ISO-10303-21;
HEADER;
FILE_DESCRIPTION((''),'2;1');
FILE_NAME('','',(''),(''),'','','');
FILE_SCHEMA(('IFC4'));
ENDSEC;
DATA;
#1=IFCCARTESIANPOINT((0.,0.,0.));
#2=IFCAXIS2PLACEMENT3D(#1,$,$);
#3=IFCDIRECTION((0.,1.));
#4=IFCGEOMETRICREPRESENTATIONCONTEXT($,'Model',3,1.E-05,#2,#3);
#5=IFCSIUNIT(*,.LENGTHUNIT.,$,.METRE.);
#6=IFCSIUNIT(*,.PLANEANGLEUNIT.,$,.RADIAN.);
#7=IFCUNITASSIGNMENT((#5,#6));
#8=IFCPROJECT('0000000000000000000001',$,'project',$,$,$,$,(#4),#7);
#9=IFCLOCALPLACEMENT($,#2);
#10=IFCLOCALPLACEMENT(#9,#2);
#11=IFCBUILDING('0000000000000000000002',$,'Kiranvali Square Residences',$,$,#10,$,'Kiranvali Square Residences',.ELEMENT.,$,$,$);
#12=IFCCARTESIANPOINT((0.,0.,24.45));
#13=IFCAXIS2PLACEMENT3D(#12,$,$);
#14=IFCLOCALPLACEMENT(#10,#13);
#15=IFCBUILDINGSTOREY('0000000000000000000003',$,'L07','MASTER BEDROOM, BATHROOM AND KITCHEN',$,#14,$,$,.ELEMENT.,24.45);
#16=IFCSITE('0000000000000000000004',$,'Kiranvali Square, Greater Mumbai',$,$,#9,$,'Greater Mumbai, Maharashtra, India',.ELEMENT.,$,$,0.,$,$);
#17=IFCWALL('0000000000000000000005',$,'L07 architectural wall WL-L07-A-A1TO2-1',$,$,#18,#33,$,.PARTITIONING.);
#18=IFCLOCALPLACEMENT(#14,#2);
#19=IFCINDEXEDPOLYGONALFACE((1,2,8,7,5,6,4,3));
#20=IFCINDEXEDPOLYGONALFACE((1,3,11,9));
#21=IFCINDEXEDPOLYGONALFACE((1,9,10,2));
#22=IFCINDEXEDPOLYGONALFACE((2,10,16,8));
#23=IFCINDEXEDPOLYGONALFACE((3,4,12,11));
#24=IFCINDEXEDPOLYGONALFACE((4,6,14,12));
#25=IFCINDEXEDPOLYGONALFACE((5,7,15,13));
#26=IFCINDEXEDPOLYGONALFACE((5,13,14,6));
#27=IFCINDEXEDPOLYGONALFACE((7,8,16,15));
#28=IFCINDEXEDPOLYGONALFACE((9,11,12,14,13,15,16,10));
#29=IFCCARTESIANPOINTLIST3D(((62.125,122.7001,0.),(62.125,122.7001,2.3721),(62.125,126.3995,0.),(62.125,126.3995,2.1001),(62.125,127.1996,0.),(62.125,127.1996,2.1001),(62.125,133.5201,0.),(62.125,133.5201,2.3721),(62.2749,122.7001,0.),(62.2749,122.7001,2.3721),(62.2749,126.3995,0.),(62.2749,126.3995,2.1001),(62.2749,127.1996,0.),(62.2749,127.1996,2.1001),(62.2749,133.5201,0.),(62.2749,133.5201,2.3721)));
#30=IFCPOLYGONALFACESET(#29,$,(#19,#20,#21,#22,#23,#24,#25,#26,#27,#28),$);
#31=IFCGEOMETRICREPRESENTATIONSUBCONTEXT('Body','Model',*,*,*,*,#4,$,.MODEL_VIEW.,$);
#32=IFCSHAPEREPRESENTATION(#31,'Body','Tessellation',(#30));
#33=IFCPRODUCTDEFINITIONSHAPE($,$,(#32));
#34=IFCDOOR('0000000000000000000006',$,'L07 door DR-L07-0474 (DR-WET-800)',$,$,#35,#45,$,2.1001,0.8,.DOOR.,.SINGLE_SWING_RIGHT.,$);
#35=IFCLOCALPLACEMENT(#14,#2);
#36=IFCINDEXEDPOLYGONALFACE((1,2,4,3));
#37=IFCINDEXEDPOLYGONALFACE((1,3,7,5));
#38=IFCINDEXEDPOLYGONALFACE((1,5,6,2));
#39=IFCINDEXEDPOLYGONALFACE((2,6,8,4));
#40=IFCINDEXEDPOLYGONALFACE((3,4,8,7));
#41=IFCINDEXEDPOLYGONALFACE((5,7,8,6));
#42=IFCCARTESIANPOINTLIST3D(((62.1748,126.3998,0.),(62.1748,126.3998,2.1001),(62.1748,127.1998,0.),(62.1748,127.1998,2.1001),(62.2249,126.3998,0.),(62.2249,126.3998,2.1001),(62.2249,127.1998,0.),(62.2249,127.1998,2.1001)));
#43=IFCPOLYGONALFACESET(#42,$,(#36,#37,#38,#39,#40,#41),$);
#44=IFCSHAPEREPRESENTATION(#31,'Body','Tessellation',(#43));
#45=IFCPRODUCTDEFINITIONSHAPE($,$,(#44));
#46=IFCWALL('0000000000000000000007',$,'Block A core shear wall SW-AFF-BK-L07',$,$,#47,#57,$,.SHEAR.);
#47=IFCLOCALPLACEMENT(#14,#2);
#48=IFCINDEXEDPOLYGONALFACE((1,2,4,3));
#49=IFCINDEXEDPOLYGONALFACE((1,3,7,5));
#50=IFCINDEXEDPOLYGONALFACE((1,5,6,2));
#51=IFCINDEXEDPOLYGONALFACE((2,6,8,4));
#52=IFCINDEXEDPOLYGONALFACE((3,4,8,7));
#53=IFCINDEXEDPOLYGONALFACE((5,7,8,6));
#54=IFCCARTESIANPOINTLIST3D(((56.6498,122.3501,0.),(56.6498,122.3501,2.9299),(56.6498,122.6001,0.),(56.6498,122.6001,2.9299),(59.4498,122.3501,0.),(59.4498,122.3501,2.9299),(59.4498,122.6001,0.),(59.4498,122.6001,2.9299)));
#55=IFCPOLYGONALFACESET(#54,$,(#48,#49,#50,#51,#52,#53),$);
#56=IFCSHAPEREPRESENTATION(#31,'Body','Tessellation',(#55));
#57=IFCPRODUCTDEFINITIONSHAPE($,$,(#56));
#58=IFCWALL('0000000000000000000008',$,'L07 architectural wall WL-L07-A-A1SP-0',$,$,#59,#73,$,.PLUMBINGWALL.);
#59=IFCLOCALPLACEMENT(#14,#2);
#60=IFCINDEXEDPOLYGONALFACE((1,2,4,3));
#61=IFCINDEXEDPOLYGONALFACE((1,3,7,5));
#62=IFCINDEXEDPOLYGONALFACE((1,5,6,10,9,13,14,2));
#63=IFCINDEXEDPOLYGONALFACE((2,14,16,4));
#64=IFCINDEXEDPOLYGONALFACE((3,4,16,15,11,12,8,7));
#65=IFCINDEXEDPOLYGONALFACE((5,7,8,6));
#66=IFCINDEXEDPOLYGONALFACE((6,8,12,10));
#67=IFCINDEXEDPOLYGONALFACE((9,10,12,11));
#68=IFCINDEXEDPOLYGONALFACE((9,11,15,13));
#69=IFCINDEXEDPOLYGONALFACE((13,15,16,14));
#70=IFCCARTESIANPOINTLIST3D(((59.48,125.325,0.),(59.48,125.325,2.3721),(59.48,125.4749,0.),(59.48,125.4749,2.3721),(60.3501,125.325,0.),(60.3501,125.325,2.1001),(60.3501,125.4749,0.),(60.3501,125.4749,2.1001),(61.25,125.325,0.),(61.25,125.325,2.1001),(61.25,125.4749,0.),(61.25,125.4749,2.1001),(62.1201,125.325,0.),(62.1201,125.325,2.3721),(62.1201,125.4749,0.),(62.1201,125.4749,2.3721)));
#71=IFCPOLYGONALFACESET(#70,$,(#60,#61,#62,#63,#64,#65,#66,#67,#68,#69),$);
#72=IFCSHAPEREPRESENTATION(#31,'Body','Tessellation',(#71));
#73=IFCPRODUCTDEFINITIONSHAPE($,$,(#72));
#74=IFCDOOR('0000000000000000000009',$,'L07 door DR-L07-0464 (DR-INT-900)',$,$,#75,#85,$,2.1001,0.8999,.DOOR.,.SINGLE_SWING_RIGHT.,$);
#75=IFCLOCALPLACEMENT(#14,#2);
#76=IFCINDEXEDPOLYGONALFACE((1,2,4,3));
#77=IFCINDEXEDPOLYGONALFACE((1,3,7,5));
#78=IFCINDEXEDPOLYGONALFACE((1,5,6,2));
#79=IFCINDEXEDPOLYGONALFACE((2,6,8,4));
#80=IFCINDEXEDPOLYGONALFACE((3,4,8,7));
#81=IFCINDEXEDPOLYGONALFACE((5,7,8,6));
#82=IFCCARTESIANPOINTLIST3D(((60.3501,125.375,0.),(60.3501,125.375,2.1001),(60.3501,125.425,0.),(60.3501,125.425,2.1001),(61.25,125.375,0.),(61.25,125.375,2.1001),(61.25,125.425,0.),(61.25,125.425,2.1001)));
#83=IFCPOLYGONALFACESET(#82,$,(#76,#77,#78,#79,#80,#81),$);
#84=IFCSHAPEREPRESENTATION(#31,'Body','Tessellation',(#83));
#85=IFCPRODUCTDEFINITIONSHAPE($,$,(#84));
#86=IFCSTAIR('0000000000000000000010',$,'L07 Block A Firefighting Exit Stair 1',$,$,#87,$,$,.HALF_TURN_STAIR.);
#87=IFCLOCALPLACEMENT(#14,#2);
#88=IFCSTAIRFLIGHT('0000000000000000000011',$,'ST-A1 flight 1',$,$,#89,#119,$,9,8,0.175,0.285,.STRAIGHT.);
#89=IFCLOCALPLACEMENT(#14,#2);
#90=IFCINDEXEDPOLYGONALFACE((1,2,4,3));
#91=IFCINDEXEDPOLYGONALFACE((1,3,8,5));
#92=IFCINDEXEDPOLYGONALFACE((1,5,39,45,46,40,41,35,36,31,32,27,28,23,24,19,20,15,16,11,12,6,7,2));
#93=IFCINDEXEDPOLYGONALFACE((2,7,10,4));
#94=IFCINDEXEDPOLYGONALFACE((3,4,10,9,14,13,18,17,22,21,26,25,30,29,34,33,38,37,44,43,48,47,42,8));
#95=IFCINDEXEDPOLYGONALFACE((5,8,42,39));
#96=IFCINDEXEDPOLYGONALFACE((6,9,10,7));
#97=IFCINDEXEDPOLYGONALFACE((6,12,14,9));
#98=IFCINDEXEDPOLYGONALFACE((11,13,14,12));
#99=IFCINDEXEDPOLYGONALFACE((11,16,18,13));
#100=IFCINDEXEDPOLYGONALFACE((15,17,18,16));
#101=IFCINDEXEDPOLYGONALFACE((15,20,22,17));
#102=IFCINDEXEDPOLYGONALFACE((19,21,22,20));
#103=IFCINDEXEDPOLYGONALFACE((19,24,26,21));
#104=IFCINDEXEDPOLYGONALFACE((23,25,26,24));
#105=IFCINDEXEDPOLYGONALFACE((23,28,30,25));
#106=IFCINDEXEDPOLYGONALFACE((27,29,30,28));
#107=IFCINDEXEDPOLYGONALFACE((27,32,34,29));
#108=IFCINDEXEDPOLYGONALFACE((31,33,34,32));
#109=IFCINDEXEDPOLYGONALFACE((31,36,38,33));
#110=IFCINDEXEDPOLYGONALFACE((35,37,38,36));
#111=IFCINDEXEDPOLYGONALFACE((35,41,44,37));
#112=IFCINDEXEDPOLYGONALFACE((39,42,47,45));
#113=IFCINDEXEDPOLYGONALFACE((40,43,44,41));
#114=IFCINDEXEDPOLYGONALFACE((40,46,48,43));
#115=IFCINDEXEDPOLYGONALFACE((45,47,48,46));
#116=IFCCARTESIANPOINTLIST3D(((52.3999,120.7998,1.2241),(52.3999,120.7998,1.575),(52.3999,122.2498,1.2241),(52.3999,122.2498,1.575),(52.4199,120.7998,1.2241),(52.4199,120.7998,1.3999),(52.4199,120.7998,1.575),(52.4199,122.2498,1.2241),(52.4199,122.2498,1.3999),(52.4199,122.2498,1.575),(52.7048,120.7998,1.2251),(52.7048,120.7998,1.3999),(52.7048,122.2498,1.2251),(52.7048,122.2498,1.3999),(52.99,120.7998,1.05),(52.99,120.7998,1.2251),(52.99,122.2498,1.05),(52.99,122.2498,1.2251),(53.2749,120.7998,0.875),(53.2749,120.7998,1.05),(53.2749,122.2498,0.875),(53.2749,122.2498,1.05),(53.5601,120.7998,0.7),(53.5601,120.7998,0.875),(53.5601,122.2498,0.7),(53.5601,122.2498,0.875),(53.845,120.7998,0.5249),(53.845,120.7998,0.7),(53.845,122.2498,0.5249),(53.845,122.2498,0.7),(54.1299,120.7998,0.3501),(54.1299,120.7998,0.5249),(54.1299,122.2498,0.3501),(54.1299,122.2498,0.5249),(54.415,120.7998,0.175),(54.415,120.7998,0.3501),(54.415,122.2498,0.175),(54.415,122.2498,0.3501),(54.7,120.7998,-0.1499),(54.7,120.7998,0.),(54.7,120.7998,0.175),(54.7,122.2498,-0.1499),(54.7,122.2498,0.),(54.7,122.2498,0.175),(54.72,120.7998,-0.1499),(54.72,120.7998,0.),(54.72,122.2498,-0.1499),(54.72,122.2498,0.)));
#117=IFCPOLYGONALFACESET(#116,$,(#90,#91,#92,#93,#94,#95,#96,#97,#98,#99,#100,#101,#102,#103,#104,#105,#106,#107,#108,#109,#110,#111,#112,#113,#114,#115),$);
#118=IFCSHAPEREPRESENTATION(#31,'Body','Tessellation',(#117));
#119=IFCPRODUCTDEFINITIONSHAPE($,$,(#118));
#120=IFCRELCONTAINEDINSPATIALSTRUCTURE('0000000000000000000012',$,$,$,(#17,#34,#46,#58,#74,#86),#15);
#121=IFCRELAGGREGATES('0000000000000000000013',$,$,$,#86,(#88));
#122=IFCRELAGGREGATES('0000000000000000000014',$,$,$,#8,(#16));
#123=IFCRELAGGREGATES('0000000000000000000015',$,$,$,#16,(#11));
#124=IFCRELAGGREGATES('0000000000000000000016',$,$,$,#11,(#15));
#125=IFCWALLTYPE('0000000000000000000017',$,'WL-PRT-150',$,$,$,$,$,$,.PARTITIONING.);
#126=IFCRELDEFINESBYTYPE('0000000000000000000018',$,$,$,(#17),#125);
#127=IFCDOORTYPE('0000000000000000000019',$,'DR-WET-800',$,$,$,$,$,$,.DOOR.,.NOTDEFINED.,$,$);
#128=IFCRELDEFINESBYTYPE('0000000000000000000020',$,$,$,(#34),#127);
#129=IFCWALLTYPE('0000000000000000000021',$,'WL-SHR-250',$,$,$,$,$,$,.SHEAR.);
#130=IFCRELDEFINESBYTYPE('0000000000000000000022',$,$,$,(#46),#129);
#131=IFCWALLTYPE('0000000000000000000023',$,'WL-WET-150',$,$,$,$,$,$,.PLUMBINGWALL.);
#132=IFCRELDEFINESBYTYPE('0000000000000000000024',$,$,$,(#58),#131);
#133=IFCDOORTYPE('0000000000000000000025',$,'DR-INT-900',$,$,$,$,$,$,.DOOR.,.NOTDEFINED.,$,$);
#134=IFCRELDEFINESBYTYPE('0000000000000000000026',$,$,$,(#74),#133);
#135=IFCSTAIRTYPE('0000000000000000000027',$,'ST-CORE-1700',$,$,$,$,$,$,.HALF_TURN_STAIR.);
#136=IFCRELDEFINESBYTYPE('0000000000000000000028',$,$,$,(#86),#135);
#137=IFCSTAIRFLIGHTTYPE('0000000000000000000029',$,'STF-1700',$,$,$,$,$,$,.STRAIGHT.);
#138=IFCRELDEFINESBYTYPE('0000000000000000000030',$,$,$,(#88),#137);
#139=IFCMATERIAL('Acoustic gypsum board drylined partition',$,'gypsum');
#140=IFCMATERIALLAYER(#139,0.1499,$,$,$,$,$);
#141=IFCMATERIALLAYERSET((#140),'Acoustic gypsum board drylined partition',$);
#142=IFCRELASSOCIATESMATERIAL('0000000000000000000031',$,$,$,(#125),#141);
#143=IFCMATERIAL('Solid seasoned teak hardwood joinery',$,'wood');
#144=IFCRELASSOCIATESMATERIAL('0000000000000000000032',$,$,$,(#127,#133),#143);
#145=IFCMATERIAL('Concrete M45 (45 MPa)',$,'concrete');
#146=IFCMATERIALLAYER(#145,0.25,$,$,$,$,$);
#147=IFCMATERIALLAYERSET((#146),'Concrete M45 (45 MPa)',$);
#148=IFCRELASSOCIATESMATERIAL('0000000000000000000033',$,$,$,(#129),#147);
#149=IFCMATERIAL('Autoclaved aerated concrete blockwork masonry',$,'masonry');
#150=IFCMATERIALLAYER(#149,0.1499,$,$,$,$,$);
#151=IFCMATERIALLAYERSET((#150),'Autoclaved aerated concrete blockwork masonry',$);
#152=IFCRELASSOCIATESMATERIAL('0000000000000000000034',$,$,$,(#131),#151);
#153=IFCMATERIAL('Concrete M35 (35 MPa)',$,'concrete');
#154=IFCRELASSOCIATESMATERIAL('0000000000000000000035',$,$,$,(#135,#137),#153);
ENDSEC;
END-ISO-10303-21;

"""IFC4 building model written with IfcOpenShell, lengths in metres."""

from ifc_helpers import new_model, si_unit, direction, frame, frame_2d, origin, place, context, subcontext, project, spatial, polyline, rectangle, outline, extrude, material, layer, layer_set, type_object, element, fill, aggregate, save


model = new_model("IFC4")

# Units and contexts
model_context = context("Model", 3, precision=1e-05, world=origin(), true_north=direction((0.0, 1.0)))
body_context = subcontext(model_context, "Body", "Model", "MODEL_VIEW")
ifc_project = project(units=[si_unit("LENGTHUNIT", "METRE"), si_unit("PLANEANGLEUNIT", "RADIAN")], contexts=[model_context])

# Site, building, storey
site_placement = place(None, origin())
site = spatial("IfcSite", under=ifc_project, at=site_placement, Name="Kiranvali Square, Greater Mumbai", LongName="Greater Mumbai, Maharashtra, India", CompositionType="ELEMENT", RefElevation=0.0)
building_placement = place(site_placement, origin())
building = spatial("IfcBuilding", under=site, at=building_placement, Name="Kiranvali Square Residences", LongName="Kiranvali Square Residences", CompositionType="ELEMENT")
storey_placement = place(building_placement, frame((0.0, 0.0, 24.45)))
storey = spatial("IfcBuildingStorey", under=building, at=storey_placement, Name="L07", Description="MASTER BEDROOM, BATHROOM AND KITCHEN", CompositionType="ELEMENT", Elevation=24.45)

# Shared definitions
ifc_material_1 = material(Name="Concrete M45 (45 MPa)", Category="concrete")

# Wall, opening, door
ifc_material_2 = material(Name="Acoustic gypsum board drylined partition", Category="gypsum")
ifc_layer_1 = layer(ifc_material_2, 0.1499)
ifc_layer_set_1 = layer_set([ifc_layer_1], Name="Acoustic gypsum board drylined partition")
wall_type_1 = type_object("IfcWallType", Name="WL-PRT-150", PredefinedType="PARTITIONING", material=ifc_layer_set_1)
ifc_material_3 = material(Name="Solid seasoned teak hardwood joinery", Category="wood")
door_type_1 = type_object("IfcDoorType", Name="DR-WET-800", OperationType="NOTDEFINED", PredefinedType="DOOR", material=ifc_material_3)
wall_1_placement = place(storey_placement, frame((62.2, 122.7, 0.0), z_axis=(0.0, 0.0, 1.0), x_axis=(0.0, 1.0, 0.0)))
wall_1 = element("IfcWall", 1, at=wall_1_placement, inside=storey, type_object=wall_type_1, Name="L07 architectural wall WL-L07-A-A1TO2-1", PredefinedType="PARTITIONING", context=body_context, shape_type="SweptSolid", body=[
    extrude(rectangle(XDim=10.8201, YDim=0.1499, at=frame_2d((5.4102, 0.0))), origin(), (0.0, 0.0, 1.0), 2.3721),
])
opening_1_placement = place(wall_1_placement, frame((3.6997, 0.0, 0.0)))
opening_1 = element("IfcOpeningElement", 2, at=opening_1_placement, cuts=wall_1, PredefinedType="OPENING", context=body_context, shape_type="SweptSolid", body=[
    extrude(rectangle(XDim=0.8, YDim=2.1001, at=frame_2d((0.3999, 1.05))), frame((0.0, 0.085, 0.0), z_axis=(0.0, -1.0, 0.0), x_axis=(1.0, 0.0, 0.0)), (0.0, 0.0, 1.0), 0.1699),
])
door_1_placement = place(opening_1_placement, frame((0.8, 0.0, 0.0), z_axis=(0.0, 0.0, 1.0), x_axis=(-1.0, 0.0, 0.0)))
door_1 = element("IfcDoor", 3, at=door_1_placement, inside=storey, type_object=door_type_1, Name="L07 door DR-L07-0474 (DR-WET-800)", OperationType="SINGLE_SWING_RIGHT", OverallHeight=2.1001, OverallWidth=0.8, PredefinedType="DOOR", context=body_context, shape_type="SweptSolid", body=[
    extrude(rectangle(XDim=0.8, YDim=2.1001, at=frame_2d((0.3999, 1.05))), frame((0.0, 0.0249, 0.0), z_axis=(0.0, -1.0, 0.0), x_axis=(1.0, 0.0, 0.0)), (0.0, 0.0, 1.0), 0.05),
])
fill(opening_1, door_1)

# Wall
ifc_layer_2 = layer(ifc_material_1, 0.25)
ifc_layer_set_2 = layer_set([ifc_layer_2], Name="Concrete M45 (45 MPa)")
wall_type_2 = type_object("IfcWallType", Name="WL-SHR-250", PredefinedType="SHEAR", material=ifc_layer_set_2)
wall_2_placement = place(storey_placement, frame((56.6499, 122.4751, 0.0), z_axis=(0.0, 0.0, 1.0), x_axis=(1.0, 0.0, 0.0)))
element("IfcWall", 4, at=wall_2_placement, inside=storey, type_object=wall_type_2, Name="Block A core shear wall SW-AFF-BK-L07", PredefinedType="SHEAR", context=body_context, shape_type="SweptSolid", body=[
    extrude(rectangle(XDim=2.8, YDim=0.25, at=frame_2d((1.3999, 0.0))), origin(), (0.0, 0.0, 1.0), 2.9299),
])

# Wall, opening, door
ifc_material_4 = material(Name="Autoclaved aerated concrete blockwork masonry", Category="masonry")
ifc_layer_3 = layer(ifc_material_4, 0.1499)
ifc_layer_set_3 = layer_set([ifc_layer_3], Name="Autoclaved aerated concrete blockwork masonry")
wall_type_3 = type_object("IfcWallType", Name="WL-WET-150", PredefinedType="PLUMBINGWALL", material=ifc_layer_set_3)
wall_3_placement = place(storey_placement, frame((59.48, 125.3999, 0.0), z_axis=(0.0, 0.0, 1.0), x_axis=(1.0, 0.0, 0.0)))
wall_3 = element("IfcWall", 5, at=wall_3_placement, inside=storey, type_object=wall_type_3, Name="L07 architectural wall WL-L07-A-A1SP-0", PredefinedType="PLUMBINGWALL", context=body_context, shape_type="SweptSolid", body=[
    extrude(rectangle(XDim=2.6401, YDim=0.1499, at=frame_2d((1.3201, 0.0))), origin(), (0.0, 0.0, 1.0), 2.3721),
])
opening_2_placement = place(wall_3_placement, frame((0.8701, 0.0, 0.0)))
opening_2 = element("IfcOpeningElement", 6, at=opening_2_placement, cuts=wall_3, PredefinedType="OPENING", context=body_context, shape_type="SweptSolid", body=[
    extrude(rectangle(XDim=0.8999, YDim=2.1001, at=frame_2d((0.45, 1.05))), frame((0.0, 0.085, 0.0), z_axis=(0.0, -1.0, 0.0), x_axis=(1.0, 0.0, 0.0)), (0.0, 0.0, 1.0), 0.1699),
])
door_type_2 = type_object("IfcDoorType", Name="DR-INT-900", OperationType="NOTDEFINED", PredefinedType="DOOR", material=ifc_material_3)
door_2_placement = place(opening_2_placement, frame((0.8999, 0.0, 0.0), z_axis=(0.0, 0.0, 1.0), x_axis=(-1.0, 0.0, 0.0)))
door_2 = element("IfcDoor", 7, at=door_2_placement, inside=storey, type_object=door_type_2, Name="L07 door DR-L07-0464 (DR-INT-900)", OperationType="SINGLE_SWING_RIGHT", OverallHeight=2.1001, OverallWidth=0.8999, PredefinedType="DOOR", context=body_context, shape_type="SweptSolid", body=[
    extrude(rectangle(XDim=0.8999, YDim=2.1001, at=frame_2d((0.45, 1.05))), frame((0.0, 0.0249, 0.0), z_axis=(0.0, -1.0, 0.0), x_axis=(1.0, 0.0, 0.0)), (0.0, 0.0, 1.0), 0.05),
])
fill(opening_2, door_2)

# Stair, stair flight
ifc_material_5 = material(Name="Concrete M35 (35 MPa)", Category="concrete")
stair_type = type_object("IfcStairType", Name="ST-CORE-1700", PredefinedType="HALF_TURN_STAIR", material=ifc_material_5)
stair_placement = place(storey_placement, origin())
stair = element("IfcStair", 8, at=stair_placement, inside=storey, type_object=stair_type, Name="L07 Block A Firefighting Exit Stair 1", PredefinedType="HALF_TURN_STAIR")
stair_flight_type = type_object("IfcStairFlightType", Name="STF-1700", PredefinedType="STRAIGHT", material=ifc_material_5)
stair_flight_placement = place(storey_placement, frame((54.7, 121.5249, 0.0), z_axis=(0.0, 0.0, 1.0), x_axis=(-1.0, 0.0, 0.0)))
stair_flight = element("IfcStairFlight", 9, at=stair_flight_placement, type_object=stair_flight_type, Name="ST-A1 flight 1", NumberOfRisers=9, NumberOfTreads=8, PredefinedType="STRAIGHT", RiserHeight=0.175, TreadLength=0.285, context=body_context, shape_type="SweptSolid", body=[
    extrude(outline(polyline([(-0.02, -0.1499), (-0.02, 0.0), (0.0, 0.0), (0.0, 0.175), (0.2849, 0.175), (0.2849, 0.3501), (0.5701, 0.3501), (0.5701, 0.5249), (0.855, 0.5249), (0.855, 0.7), (1.1399, 0.7), (1.1399, 0.875), (1.425, 0.875), (1.425, 1.05), (1.71, 1.05), (1.71, 1.2251), (1.9951, 1.2251), (1.9951, 1.3999), (2.28, 1.3999), (2.28, 1.575), (2.3, 1.575), (2.3, 1.2241), (2.28, 1.2241), (0.0, -0.1499), (-0.02, -0.1499)])), frame((0.0, 0.7251, 0.0), z_axis=(0.0, -1.0, 0.0), x_axis=(1.0, 0.0, 0.0)), (0.0, 0.0, 1.0), 1.45),
])
aggregate(stair, [stair_flight])

save(model, "model.ifc")
